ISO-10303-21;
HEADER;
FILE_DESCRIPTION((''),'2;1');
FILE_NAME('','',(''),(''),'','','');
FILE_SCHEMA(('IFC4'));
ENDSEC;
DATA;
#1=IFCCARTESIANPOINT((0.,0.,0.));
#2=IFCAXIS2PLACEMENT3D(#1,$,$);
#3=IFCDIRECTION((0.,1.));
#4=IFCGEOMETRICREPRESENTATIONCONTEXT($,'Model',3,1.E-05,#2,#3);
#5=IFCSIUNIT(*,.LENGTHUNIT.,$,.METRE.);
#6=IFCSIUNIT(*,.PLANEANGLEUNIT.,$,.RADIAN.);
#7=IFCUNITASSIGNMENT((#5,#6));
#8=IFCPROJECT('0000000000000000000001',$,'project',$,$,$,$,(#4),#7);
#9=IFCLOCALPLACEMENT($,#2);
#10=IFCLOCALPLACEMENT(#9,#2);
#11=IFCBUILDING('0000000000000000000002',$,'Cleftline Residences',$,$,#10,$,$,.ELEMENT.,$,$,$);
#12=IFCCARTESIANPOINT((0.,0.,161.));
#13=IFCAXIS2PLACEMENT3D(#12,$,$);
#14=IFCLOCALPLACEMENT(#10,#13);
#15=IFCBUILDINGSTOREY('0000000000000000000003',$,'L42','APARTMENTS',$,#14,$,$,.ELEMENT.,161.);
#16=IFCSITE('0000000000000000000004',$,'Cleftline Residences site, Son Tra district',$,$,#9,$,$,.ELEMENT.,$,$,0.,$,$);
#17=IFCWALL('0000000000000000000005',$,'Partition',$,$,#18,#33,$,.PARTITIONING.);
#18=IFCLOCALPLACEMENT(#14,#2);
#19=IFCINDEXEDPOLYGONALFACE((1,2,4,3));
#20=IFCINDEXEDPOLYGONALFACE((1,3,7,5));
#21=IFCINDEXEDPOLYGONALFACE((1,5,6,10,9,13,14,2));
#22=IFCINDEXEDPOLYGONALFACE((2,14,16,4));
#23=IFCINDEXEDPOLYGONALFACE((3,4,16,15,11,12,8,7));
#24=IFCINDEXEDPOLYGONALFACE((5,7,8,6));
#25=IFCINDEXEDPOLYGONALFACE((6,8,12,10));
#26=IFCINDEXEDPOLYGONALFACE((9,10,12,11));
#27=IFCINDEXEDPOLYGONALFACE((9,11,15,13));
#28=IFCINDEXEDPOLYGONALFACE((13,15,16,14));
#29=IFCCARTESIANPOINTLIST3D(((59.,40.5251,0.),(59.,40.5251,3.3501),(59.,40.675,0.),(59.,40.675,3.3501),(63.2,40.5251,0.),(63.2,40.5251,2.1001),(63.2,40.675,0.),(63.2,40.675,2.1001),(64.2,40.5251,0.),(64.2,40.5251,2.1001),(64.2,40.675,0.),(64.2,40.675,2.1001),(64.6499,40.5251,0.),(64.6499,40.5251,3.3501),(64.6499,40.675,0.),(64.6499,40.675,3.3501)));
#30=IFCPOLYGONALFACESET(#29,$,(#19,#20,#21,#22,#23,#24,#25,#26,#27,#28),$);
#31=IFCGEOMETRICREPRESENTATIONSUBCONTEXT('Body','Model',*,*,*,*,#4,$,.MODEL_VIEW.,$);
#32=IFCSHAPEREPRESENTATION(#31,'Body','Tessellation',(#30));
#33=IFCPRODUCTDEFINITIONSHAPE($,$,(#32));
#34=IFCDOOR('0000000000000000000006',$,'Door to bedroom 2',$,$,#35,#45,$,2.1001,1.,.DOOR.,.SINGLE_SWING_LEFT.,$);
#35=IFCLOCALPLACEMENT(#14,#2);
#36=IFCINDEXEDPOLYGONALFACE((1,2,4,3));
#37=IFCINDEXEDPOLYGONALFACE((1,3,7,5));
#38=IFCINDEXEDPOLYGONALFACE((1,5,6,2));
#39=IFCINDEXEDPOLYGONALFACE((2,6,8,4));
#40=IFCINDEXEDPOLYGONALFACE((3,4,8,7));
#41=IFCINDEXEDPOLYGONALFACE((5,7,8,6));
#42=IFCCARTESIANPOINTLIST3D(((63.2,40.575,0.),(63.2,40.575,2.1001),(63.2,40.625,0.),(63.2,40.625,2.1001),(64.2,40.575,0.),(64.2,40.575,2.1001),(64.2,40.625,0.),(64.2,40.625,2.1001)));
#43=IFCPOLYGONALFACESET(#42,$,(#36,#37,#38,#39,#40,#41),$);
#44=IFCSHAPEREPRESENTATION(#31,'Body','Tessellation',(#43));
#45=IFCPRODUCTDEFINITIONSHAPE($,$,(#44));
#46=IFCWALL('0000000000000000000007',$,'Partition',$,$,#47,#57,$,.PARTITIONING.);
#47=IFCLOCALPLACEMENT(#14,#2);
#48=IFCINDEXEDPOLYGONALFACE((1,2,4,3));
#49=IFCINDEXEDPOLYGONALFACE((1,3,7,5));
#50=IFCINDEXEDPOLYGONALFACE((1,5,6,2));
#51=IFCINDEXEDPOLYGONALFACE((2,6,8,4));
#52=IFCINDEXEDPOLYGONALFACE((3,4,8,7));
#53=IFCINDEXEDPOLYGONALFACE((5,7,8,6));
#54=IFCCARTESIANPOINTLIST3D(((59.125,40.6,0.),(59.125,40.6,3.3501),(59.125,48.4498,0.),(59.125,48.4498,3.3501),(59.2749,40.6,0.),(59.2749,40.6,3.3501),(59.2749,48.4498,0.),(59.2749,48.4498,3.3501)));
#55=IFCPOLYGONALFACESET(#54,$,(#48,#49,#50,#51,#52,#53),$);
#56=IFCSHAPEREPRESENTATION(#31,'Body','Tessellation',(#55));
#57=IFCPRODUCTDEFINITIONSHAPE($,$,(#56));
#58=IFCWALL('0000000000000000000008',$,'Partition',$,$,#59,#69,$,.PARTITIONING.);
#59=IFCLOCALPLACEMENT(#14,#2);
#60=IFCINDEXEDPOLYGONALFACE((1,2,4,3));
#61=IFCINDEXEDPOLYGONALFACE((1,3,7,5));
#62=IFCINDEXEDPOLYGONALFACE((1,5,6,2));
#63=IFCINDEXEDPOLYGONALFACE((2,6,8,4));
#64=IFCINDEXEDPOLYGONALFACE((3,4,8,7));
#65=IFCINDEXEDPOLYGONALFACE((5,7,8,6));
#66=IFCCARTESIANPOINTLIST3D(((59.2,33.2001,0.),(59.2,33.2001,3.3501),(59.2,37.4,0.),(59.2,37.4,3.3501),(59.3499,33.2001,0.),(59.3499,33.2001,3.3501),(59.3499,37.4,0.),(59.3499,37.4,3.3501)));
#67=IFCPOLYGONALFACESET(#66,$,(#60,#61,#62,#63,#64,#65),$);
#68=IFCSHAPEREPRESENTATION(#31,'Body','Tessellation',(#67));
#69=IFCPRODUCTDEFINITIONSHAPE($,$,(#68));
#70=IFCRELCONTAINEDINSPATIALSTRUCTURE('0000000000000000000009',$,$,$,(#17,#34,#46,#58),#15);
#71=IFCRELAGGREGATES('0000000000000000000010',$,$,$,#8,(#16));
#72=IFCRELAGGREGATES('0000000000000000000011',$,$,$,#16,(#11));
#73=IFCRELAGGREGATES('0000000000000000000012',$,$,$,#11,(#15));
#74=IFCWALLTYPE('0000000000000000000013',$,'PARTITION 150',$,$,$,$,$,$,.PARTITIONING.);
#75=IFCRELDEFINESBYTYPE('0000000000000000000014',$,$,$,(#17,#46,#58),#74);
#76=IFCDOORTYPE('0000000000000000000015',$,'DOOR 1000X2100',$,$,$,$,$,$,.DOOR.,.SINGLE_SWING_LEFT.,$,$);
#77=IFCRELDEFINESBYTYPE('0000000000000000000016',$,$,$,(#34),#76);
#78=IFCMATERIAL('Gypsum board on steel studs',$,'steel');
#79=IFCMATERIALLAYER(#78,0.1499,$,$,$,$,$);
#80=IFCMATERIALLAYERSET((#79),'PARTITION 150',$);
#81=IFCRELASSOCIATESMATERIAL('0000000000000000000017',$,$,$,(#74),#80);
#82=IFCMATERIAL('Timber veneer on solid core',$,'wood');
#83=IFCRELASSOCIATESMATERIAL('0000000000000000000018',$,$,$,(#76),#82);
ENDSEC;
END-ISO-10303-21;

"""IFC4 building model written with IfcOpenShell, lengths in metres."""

from ifc_helpers import new_model, si_unit, direction, frame, frame_2d, origin, place, context, subcontext, project, spatial, rectangle, extrude, material, layer, layer_set, type_object, element, fill, save


model = new_model("IFC4")

# Units and contexts
model_context = context("Model", 3, precision=1e-05, world=origin(), true_north=direction((0.0, 1.0)))
body_context = subcontext(model_context, "Body", "Model", "MODEL_VIEW")
ifc_project = project(units=[si_unit("LENGTHUNIT", "METRE"), si_unit("PLANEANGLEUNIT", "RADIAN")], contexts=[model_context])

# Site, building, storey
site_placement = place(None, origin())
site = spatial("IfcSite", under=ifc_project, at=site_placement, Name="Cleftline Residences site, Son Tra district", CompositionType="ELEMENT", RefElevation=0.0)
building_placement = place(site_placement, origin())
building = spatial("IfcBuilding", under=site, at=building_placement, Name="Cleftline Residences", CompositionType="ELEMENT")
storey_placement = place(building_placement, frame((0.0, 0.0, 161.0)))
storey = spatial("IfcBuildingStorey", under=building, at=storey_placement, Name="L42", Description="APARTMENTS", CompositionType="ELEMENT", Elevation=161.0)

# Shared definitions
ifc_material_1 = material(Name="Gypsum board on steel studs", Category="steel")
ifc_layer = layer(ifc_material_1, 0.1499)
ifc_layer_set = layer_set([ifc_layer], Name="PARTITION 150")
wall_type = type_object("IfcWallType", Name="PARTITION 150", PredefinedType="PARTITIONING", material=ifc_layer_set)

# Wall, opening, door
wall_1_placement = place(storey_placement, frame((59.0, 40.6001, 0.0), z_axis=(0.0, 0.0, 1.0), x_axis=(1.0, 0.0, 0.0)))
wall_1 = element("IfcWall", 1, at=wall_1_placement, inside=storey, type_object=wall_type, Name="Partition", PredefinedType="PARTITIONING", context=body_context, shape_type="SweptSolid", body=[
    extrude(rectangle(XDim=5.6499, YDim=0.1499, at=frame_2d((2.825, 0.0))), origin(), (0.0, 0.0, 1.0), 3.3501),
])
opening_placement = place(wall_1_placement, frame((4.2, 0.0, 0.0)))
opening = element("IfcOpeningElement", 2, at=opening_placement, cuts=wall_1, PredefinedType="OPENING", context=body_context, shape_type="SweptSolid", body=[
    extrude(rectangle(XDim=1.0, YDim=2.1001, at=frame_2d((0.5, 1.05))), frame((0.0, 0.085, 0.0), z_axis=(0.0, -1.0, 0.0), x_axis=(1.0, 0.0, 0.0)), (0.0, 0.0, 1.0), 0.1699),
])
ifc_material_2 = material(Name="Timber veneer on solid core", Category="wood")
door_type = type_object("IfcDoorType", Name="DOOR 1000X2100", OperationType="SINGLE_SWING_LEFT", PredefinedType="DOOR", material=ifc_material_2)
door_placement = place(opening_placement, origin())
door = element("IfcDoor", 3, at=door_placement, inside=storey, type_object=door_type, Name="Door to bedroom 2", OperationType="SINGLE_SWING_LEFT", OverallHeight=2.1001, OverallWidth=1.0, PredefinedType="DOOR", context=body_context, shape_type="SweptSolid", body=[
    extrude(rectangle(XDim=1.0, YDim=2.1001, at=frame_2d((0.5, 1.05))), frame((0.0, 0.0249, 0.0), z_axis=(0.0, -1.0, 0.0), x_axis=(1.0, 0.0, 0.0)), (0.0, 0.0, 1.0), 0.05),
])
fill(opening, door)

# Walls
wall_2_placement = place(storey_placement, frame((59.2, 40.6001, 0.0), z_axis=(0.0, 0.0, 1.0), x_axis=(0.0, 1.0, 0.0)))
element("IfcWall", 4, at=wall_2_placement, inside=storey, type_object=wall_type, Name="Partition", PredefinedType="PARTITIONING", context=body_context, shape_type="SweptSolid", body=[
    extrude(rectangle(XDim=7.8499, YDim=0.1499, at=frame_2d((3.9248, 0.0))), origin(), (0.0, 0.0, 1.0), 3.3501),
])
wall_3_placement = place(storey_placement, frame((59.2749, 33.2, 0.0), z_axis=(0.0, 0.0, 1.0), x_axis=(0.0, 1.0, 0.0)))
element("IfcWall", 5, at=wall_3_placement, inside=storey, type_object=wall_type, Name="Partition", PredefinedType="PARTITIONING", context=body_context, shape_type="SweptSolid", body=[
    extrude(rectangle(XDim=4.2, YDim=0.1499, at=frame_2d((2.1001, 0.0))), origin(), (0.0, 0.0, 1.0), 3.3501),
])

save(model, "model.ifc")
